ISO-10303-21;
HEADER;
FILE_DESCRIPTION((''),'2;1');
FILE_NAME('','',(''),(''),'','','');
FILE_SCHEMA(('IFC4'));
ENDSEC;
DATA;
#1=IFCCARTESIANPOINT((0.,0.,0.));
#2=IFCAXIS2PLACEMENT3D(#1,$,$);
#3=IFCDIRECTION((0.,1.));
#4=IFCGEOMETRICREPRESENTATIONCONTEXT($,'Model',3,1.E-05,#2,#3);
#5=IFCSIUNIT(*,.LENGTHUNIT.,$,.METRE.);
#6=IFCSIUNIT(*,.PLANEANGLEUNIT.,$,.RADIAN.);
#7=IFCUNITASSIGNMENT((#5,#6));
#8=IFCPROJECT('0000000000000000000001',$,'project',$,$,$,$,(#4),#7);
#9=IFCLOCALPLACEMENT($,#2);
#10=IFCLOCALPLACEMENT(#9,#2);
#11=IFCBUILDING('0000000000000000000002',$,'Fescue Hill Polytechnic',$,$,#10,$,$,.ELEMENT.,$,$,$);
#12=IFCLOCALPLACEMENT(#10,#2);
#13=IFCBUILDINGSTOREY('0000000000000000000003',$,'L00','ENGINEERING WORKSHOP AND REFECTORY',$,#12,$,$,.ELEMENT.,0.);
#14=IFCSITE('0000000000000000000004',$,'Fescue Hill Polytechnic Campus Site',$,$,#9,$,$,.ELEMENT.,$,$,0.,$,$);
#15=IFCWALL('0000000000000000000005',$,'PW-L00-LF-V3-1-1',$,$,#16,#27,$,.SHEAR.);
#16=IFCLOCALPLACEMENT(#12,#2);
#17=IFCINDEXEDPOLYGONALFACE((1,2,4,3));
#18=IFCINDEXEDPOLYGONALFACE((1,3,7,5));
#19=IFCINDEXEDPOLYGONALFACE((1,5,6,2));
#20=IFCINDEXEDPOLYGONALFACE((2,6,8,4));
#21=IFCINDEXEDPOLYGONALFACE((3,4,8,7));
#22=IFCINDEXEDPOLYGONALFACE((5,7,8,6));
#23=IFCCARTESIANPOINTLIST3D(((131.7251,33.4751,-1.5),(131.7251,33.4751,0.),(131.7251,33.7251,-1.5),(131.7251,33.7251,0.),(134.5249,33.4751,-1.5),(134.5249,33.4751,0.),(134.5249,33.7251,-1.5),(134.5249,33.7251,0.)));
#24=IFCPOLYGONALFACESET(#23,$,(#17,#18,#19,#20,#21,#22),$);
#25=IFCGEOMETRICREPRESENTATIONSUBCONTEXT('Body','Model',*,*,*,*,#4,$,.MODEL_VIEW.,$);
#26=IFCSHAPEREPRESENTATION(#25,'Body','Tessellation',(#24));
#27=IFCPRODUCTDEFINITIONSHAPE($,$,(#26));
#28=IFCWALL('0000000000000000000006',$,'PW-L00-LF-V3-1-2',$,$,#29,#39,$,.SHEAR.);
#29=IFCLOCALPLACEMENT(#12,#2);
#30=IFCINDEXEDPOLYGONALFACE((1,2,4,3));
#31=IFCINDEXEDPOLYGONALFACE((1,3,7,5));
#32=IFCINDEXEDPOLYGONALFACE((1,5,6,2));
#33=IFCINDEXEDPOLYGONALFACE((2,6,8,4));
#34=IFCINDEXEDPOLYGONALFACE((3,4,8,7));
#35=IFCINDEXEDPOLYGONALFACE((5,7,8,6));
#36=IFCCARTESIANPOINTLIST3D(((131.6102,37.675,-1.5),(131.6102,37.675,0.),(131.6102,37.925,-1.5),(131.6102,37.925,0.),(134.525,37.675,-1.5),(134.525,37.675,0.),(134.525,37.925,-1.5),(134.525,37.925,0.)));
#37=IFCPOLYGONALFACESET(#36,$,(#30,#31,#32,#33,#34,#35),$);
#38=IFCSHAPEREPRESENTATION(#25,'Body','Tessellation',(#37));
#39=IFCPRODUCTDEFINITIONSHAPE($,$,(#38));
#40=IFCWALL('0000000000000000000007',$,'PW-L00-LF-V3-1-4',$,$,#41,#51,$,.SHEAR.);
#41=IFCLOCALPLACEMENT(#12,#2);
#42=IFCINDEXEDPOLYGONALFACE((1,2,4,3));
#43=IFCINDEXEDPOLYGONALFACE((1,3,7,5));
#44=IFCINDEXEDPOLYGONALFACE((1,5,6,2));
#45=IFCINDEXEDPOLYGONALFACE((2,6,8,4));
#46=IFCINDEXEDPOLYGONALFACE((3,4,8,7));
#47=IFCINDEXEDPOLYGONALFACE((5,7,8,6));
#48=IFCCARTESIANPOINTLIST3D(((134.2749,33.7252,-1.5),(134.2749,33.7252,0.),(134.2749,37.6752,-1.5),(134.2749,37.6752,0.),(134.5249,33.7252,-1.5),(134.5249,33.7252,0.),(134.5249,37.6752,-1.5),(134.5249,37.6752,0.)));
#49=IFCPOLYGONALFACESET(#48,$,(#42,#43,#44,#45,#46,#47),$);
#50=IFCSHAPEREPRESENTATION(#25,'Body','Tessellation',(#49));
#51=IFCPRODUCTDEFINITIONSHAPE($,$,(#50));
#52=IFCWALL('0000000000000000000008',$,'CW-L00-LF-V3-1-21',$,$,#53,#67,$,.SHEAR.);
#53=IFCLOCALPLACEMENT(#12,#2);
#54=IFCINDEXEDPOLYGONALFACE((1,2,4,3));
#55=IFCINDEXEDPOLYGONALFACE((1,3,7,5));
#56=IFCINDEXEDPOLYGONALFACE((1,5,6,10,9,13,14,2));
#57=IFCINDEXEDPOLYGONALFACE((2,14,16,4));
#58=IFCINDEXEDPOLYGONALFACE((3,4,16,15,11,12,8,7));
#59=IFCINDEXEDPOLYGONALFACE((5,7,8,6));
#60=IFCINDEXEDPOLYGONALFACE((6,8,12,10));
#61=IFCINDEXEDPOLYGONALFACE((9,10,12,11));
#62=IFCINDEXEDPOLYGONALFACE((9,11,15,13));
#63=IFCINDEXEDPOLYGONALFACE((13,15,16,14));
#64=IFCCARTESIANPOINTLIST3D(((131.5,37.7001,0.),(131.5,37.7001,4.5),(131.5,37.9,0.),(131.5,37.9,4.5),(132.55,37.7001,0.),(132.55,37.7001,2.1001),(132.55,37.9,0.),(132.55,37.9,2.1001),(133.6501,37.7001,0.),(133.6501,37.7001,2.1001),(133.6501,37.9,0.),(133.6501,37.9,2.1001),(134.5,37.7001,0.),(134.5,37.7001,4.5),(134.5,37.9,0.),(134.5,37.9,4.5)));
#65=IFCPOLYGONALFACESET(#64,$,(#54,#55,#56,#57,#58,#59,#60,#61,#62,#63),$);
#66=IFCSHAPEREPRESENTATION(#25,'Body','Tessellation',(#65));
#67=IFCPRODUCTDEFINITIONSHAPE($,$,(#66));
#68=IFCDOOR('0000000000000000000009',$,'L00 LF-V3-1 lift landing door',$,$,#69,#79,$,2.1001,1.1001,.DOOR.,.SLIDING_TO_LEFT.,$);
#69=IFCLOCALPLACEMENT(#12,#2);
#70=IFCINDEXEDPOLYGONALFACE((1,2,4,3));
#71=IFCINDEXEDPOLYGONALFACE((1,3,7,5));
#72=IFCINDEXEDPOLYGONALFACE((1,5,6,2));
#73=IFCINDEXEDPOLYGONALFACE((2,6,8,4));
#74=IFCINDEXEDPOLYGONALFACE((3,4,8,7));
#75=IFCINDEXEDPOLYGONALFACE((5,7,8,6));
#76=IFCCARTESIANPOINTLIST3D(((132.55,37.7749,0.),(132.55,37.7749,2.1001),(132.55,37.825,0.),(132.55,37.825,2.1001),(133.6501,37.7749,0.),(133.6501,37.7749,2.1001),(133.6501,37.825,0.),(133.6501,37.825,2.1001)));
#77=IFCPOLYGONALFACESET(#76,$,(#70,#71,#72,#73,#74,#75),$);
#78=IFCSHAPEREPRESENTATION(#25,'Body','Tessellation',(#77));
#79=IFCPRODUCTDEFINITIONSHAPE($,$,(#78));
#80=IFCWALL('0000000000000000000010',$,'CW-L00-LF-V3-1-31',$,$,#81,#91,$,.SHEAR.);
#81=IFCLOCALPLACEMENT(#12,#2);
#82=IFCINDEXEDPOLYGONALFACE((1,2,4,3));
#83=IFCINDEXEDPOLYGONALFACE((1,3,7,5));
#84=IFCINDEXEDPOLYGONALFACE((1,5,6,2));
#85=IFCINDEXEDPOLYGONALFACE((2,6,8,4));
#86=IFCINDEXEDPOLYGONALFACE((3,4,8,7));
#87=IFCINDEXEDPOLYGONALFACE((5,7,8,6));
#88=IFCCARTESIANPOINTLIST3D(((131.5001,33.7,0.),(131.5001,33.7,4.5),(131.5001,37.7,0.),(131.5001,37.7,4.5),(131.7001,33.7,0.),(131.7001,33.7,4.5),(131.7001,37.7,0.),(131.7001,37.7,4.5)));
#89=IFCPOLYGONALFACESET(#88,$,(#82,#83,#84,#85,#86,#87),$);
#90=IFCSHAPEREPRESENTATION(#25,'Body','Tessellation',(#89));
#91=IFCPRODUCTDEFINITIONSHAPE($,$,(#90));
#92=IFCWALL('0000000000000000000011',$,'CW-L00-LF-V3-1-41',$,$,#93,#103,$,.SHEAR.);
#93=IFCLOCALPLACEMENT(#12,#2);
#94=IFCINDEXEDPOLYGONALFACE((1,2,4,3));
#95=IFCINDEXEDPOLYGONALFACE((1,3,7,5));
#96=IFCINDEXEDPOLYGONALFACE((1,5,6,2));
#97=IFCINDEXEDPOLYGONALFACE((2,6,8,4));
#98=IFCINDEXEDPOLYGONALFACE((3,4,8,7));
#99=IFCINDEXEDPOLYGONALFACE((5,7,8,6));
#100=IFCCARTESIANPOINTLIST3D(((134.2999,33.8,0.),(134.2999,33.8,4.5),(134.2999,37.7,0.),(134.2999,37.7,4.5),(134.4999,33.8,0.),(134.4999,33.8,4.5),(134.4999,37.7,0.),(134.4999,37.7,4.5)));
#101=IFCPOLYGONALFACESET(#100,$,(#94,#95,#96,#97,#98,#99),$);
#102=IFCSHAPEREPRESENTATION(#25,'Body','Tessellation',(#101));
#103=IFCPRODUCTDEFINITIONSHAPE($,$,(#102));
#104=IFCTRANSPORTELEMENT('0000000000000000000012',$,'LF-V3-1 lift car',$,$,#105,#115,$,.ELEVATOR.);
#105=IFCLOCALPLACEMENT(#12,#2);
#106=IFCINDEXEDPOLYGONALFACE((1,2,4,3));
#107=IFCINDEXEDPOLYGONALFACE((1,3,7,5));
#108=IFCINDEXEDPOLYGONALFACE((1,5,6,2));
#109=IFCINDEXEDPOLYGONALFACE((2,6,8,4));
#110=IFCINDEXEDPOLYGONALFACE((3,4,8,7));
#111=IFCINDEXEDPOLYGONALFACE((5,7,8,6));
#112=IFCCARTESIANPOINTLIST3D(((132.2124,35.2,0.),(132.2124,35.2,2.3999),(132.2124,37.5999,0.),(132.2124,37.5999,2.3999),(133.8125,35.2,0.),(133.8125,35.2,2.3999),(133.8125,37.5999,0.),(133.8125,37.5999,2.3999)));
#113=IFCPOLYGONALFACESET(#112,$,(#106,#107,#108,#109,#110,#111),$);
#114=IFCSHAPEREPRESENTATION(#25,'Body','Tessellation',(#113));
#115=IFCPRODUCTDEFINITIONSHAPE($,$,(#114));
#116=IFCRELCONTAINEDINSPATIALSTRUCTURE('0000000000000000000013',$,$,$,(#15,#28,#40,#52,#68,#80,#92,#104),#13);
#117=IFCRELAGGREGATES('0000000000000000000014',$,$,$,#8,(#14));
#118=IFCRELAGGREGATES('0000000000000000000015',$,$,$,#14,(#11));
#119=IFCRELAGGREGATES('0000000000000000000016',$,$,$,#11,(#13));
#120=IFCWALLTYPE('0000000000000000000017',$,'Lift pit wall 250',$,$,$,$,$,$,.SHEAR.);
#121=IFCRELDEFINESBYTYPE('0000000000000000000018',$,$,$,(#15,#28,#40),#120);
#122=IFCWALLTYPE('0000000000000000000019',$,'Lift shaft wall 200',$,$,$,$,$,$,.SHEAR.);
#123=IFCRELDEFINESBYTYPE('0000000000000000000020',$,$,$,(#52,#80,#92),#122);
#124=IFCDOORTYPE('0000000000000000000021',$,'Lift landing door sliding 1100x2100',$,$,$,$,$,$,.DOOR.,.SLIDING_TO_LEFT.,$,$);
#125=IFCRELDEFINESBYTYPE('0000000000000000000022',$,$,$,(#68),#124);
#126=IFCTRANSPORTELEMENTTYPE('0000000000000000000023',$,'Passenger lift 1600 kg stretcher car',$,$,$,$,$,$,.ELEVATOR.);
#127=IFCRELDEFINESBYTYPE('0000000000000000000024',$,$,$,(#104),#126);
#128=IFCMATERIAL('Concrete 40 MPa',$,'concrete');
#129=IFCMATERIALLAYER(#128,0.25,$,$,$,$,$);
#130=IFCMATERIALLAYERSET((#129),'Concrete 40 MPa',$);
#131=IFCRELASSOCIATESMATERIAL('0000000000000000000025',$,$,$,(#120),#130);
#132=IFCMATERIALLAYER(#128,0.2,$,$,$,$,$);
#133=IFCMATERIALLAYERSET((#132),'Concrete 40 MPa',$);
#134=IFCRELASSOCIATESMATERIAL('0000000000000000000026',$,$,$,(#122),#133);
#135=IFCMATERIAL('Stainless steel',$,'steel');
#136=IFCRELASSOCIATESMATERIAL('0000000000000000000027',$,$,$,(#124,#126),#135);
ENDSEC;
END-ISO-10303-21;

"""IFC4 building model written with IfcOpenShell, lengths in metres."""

from ifc_helpers import new_model, si_unit, direction, frame, frame_2d, origin, origin_2d, place, context, subcontext, project, spatial, rectangle, extrude, material, layer, layer_set, type_object, element, fill, save


model = new_model("IFC4")

# Units and contexts
model_context = context("Model", 3, precision=1e-05, world=origin(), true_north=direction((0.0, 1.0)))
body_context = subcontext(model_context, "Body", "Model", "MODEL_VIEW")
ifc_project = project(units=[si_unit("LENGTHUNIT", "METRE"), si_unit("PLANEANGLEUNIT", "RADIAN")], contexts=[model_context])

# Site, building, storey
site_placement = place(None, origin())
site = spatial("IfcSite", under=ifc_project, at=site_placement, Name="Fescue Hill Polytechnic Campus Site", CompositionType="ELEMENT", RefElevation=0.0)
building_placement = place(site_placement, origin())
building = spatial("IfcBuilding", under=site, at=building_placement, Name="Fescue Hill Polytechnic", CompositionType="ELEMENT")
storey_placement = place(building_placement, origin())
storey = spatial("IfcBuildingStorey", under=building, at=storey_placement, Name="L00", Description="ENGINEERING WORKSHOP AND REFECTORY", CompositionType="ELEMENT", Elevation=0.0)

# Shared definitions
ifc_material_1 = material(Name="Concrete 40 MPa", Category="concrete")

# Walls
ifc_layer_1 = layer(ifc_material_1, 0.25)
ifc_layer_set_1 = layer_set([ifc_layer_1], Name="Concrete 40 MPa")
wall_type_1 = type_object("IfcWallType", Name="Lift pit wall 250", PredefinedType="SHEAR", material=ifc_layer_set_1)
wall_1_placement = place(storey_placement, frame((131.7251, 33.6001, -1.5), z_axis=(0.0, 0.0, 1.0), x_axis=(1.0, 0.0, 0.0)))
element("IfcWall", 1, at=wall_1_placement, inside=storey, type_object=wall_type_1, Name="PW-L00-LF-V3-1-1", PredefinedType="SHEAR", context=body_context, shape_type="SweptSolid", body=[
    extrude(rectangle(XDim=2.7998, YDim=0.25, at=frame_2d((1.3999, 0.0))), origin(), (0.0, 0.0, 1.0), 1.5),
])
wall_2_placement = place(storey_placement, frame((131.6101, 37.8, -1.5), z_axis=(0.0, 0.0, 1.0), x_axis=(1.0, 0.0, 0.0)))
element("IfcWall", 2, at=wall_2_placement, inside=storey, type_object=wall_type_1, Name="PW-L00-LF-V3-1-2", PredefinedType="SHEAR", context=body_context, shape_type="SweptSolid", body=[
    extrude(rectangle(XDim=2.9148, YDim=0.25, at=frame_2d((1.4575, 0.0))), origin(), (0.0, 0.0, 1.0), 1.5),
])
wall_3_placement = place(storey_placement, frame((134.3999, 33.7251, -1.5), z_axis=(0.0, 0.0, 1.0), x_axis=(0.0, 1.0, 0.0)))
element("IfcWall", 3, at=wall_3_placement, inside=storey, type_object=wall_type_1, Name="PW-L00-LF-V3-1-4", PredefinedType="SHEAR", context=body_context, shape_type="SweptSolid", body=[
    extrude(rectangle(XDim=3.95, YDim=0.25, at=frame_2d((1.9751, 0.0))), origin(), (0.0, 0.0, 1.0), 1.5),
])

# Wall, opening, door
ifc_layer_2 = layer(ifc_material_1, 0.2)
ifc_layer_set_2 = layer_set([ifc_layer_2], Name="Concrete 40 MPa")
wall_type_2 = type_object("IfcWallType", Name="Lift shaft wall 200", PredefinedType="SHEAR", material=ifc_layer_set_2)
wall_4_placement = place(storey_placement, frame((131.5, 37.8, 0.0), z_axis=(0.0, 0.0, 1.0), x_axis=(1.0, 0.0, 0.0)))
wall_4 = element("IfcWall", 4, at=wall_4_placement, inside=storey, type_object=wall_type_2, Name="CW-L00-LF-V3-1-21", PredefinedType="SHEAR", context=body_context, shape_type="SweptSolid", body=[
    extrude(rectangle(XDim=3.0, YDim=0.2, at=frame_2d((1.5, 0.0))), origin(), (0.0, 0.0, 1.0), 4.5),
])
opening_1_placement = place(wall_4_placement, frame((1.05, 0.0, 0.0)))
opening_1 = element("IfcOpeningElement", 5, at=opening_1_placement, cuts=wall_4, PredefinedType="OPENING", context=body_context, shape_type="SweptSolid", body=[
    extrude(rectangle(XDim=1.1001, YDim=2.1001, at=frame_2d((0.55, 1.05))), frame((0.0, 0.1099, 0.0), z_axis=(0.0, -1.0, 0.0), x_axis=(1.0, 0.0, 0.0)), (0.0, 0.0, 1.0), 0.22),
])
ifc_material_2 = material(Name="Stainless steel", Category="steel")
door_type_1 = type_object("IfcDoorType", Name="Lift landing door sliding 1100x2100", OperationType="SLIDING_TO_LEFT", PredefinedType="DOOR", material=ifc_material_2)
door_1_placement = place(opening_1_placement, origin())
door_1 = element("IfcDoor", 6, at=door_1_placement, inside=storey, type_object=door_type_1, Name="L00 LF-V3-1 lift landing door", OperationType="SLIDING_TO_LEFT", OverallHeight=2.1001, OverallWidth=1.1001, PredefinedType="DOOR", context=body_context, shape_type="SweptSolid", body=[
    extrude(rectangle(XDim=1.1001, YDim=2.1001, at=frame_2d((0.55, 1.05))), frame((0.0, 0.0249, 0.0), z_axis=(0.0, -1.0, 0.0), x_axis=(1.0, 0.0, 0.0)), (0.0, 0.0, 1.0), 0.05),
])
fill(opening_1, door_1)

# Walls
wall_5_placement = place(storey_placement, frame((131.6001, 33.7, 0.0), z_axis=(0.0, 0.0, 1.0), x_axis=(0.0, 1.0, 0.0)))
element("IfcWall", 7, at=wall_5_placement, inside=storey, type_object=wall_type_2, Name="CW-L00-LF-V3-1-31", PredefinedType="SHEAR", context=body_context, shape_type="SweptSolid", body=[
    extrude(rectangle(XDim=4.0, YDim=0.2, at=frame_2d((2.0, 0.0))), origin(), (0.0, 0.0, 1.0), 4.5),
])
wall_6_placement = place(storey_placement, frame((134.3999, 33.8, 0.0), z_axis=(0.0, 0.0, 1.0), x_axis=(0.0, 1.0, 0.0)))
element("IfcWall", 8, at=wall_6_placement, inside=storey, type_object=wall_type_2, Name="CW-L00-LF-V3-1-41", PredefinedType="SHEAR", context=body_context, shape_type="SweptSolid", body=[
    extrude(rectangle(XDim=3.8999, YDim=0.2, at=frame_2d((1.95, 0.0))), origin(), (0.0, 0.0, 1.0), 4.5),
])

# Transport element
transport_element_type = type_object("IfcTransportElementType", Name="Passenger lift 1600 kg stretcher car", PredefinedType="ELEVATOR", material=ifc_material_2)
transport_element_placement = place(storey_placement, frame((133.0125, 36.3999, 0.0), z_axis=(0.0, 0.0, 1.0), x_axis=(1.0, 0.0, 0.0)))
element("IfcTransportElement", 9, at=transport_element_placement, inside=storey, type_object=transport_element_type, Name="LF-V3-1 lift car", PredefinedType="ELEVATOR", context=body_context, shape_type="SweptSolid", body=[
    extrude(rectangle(XDim=1.6001, YDim=2.3999, at=origin_2d()), origin(), (0.0, 0.0, 1.0), 2.3999),
])

save(model, "model.ifc")
